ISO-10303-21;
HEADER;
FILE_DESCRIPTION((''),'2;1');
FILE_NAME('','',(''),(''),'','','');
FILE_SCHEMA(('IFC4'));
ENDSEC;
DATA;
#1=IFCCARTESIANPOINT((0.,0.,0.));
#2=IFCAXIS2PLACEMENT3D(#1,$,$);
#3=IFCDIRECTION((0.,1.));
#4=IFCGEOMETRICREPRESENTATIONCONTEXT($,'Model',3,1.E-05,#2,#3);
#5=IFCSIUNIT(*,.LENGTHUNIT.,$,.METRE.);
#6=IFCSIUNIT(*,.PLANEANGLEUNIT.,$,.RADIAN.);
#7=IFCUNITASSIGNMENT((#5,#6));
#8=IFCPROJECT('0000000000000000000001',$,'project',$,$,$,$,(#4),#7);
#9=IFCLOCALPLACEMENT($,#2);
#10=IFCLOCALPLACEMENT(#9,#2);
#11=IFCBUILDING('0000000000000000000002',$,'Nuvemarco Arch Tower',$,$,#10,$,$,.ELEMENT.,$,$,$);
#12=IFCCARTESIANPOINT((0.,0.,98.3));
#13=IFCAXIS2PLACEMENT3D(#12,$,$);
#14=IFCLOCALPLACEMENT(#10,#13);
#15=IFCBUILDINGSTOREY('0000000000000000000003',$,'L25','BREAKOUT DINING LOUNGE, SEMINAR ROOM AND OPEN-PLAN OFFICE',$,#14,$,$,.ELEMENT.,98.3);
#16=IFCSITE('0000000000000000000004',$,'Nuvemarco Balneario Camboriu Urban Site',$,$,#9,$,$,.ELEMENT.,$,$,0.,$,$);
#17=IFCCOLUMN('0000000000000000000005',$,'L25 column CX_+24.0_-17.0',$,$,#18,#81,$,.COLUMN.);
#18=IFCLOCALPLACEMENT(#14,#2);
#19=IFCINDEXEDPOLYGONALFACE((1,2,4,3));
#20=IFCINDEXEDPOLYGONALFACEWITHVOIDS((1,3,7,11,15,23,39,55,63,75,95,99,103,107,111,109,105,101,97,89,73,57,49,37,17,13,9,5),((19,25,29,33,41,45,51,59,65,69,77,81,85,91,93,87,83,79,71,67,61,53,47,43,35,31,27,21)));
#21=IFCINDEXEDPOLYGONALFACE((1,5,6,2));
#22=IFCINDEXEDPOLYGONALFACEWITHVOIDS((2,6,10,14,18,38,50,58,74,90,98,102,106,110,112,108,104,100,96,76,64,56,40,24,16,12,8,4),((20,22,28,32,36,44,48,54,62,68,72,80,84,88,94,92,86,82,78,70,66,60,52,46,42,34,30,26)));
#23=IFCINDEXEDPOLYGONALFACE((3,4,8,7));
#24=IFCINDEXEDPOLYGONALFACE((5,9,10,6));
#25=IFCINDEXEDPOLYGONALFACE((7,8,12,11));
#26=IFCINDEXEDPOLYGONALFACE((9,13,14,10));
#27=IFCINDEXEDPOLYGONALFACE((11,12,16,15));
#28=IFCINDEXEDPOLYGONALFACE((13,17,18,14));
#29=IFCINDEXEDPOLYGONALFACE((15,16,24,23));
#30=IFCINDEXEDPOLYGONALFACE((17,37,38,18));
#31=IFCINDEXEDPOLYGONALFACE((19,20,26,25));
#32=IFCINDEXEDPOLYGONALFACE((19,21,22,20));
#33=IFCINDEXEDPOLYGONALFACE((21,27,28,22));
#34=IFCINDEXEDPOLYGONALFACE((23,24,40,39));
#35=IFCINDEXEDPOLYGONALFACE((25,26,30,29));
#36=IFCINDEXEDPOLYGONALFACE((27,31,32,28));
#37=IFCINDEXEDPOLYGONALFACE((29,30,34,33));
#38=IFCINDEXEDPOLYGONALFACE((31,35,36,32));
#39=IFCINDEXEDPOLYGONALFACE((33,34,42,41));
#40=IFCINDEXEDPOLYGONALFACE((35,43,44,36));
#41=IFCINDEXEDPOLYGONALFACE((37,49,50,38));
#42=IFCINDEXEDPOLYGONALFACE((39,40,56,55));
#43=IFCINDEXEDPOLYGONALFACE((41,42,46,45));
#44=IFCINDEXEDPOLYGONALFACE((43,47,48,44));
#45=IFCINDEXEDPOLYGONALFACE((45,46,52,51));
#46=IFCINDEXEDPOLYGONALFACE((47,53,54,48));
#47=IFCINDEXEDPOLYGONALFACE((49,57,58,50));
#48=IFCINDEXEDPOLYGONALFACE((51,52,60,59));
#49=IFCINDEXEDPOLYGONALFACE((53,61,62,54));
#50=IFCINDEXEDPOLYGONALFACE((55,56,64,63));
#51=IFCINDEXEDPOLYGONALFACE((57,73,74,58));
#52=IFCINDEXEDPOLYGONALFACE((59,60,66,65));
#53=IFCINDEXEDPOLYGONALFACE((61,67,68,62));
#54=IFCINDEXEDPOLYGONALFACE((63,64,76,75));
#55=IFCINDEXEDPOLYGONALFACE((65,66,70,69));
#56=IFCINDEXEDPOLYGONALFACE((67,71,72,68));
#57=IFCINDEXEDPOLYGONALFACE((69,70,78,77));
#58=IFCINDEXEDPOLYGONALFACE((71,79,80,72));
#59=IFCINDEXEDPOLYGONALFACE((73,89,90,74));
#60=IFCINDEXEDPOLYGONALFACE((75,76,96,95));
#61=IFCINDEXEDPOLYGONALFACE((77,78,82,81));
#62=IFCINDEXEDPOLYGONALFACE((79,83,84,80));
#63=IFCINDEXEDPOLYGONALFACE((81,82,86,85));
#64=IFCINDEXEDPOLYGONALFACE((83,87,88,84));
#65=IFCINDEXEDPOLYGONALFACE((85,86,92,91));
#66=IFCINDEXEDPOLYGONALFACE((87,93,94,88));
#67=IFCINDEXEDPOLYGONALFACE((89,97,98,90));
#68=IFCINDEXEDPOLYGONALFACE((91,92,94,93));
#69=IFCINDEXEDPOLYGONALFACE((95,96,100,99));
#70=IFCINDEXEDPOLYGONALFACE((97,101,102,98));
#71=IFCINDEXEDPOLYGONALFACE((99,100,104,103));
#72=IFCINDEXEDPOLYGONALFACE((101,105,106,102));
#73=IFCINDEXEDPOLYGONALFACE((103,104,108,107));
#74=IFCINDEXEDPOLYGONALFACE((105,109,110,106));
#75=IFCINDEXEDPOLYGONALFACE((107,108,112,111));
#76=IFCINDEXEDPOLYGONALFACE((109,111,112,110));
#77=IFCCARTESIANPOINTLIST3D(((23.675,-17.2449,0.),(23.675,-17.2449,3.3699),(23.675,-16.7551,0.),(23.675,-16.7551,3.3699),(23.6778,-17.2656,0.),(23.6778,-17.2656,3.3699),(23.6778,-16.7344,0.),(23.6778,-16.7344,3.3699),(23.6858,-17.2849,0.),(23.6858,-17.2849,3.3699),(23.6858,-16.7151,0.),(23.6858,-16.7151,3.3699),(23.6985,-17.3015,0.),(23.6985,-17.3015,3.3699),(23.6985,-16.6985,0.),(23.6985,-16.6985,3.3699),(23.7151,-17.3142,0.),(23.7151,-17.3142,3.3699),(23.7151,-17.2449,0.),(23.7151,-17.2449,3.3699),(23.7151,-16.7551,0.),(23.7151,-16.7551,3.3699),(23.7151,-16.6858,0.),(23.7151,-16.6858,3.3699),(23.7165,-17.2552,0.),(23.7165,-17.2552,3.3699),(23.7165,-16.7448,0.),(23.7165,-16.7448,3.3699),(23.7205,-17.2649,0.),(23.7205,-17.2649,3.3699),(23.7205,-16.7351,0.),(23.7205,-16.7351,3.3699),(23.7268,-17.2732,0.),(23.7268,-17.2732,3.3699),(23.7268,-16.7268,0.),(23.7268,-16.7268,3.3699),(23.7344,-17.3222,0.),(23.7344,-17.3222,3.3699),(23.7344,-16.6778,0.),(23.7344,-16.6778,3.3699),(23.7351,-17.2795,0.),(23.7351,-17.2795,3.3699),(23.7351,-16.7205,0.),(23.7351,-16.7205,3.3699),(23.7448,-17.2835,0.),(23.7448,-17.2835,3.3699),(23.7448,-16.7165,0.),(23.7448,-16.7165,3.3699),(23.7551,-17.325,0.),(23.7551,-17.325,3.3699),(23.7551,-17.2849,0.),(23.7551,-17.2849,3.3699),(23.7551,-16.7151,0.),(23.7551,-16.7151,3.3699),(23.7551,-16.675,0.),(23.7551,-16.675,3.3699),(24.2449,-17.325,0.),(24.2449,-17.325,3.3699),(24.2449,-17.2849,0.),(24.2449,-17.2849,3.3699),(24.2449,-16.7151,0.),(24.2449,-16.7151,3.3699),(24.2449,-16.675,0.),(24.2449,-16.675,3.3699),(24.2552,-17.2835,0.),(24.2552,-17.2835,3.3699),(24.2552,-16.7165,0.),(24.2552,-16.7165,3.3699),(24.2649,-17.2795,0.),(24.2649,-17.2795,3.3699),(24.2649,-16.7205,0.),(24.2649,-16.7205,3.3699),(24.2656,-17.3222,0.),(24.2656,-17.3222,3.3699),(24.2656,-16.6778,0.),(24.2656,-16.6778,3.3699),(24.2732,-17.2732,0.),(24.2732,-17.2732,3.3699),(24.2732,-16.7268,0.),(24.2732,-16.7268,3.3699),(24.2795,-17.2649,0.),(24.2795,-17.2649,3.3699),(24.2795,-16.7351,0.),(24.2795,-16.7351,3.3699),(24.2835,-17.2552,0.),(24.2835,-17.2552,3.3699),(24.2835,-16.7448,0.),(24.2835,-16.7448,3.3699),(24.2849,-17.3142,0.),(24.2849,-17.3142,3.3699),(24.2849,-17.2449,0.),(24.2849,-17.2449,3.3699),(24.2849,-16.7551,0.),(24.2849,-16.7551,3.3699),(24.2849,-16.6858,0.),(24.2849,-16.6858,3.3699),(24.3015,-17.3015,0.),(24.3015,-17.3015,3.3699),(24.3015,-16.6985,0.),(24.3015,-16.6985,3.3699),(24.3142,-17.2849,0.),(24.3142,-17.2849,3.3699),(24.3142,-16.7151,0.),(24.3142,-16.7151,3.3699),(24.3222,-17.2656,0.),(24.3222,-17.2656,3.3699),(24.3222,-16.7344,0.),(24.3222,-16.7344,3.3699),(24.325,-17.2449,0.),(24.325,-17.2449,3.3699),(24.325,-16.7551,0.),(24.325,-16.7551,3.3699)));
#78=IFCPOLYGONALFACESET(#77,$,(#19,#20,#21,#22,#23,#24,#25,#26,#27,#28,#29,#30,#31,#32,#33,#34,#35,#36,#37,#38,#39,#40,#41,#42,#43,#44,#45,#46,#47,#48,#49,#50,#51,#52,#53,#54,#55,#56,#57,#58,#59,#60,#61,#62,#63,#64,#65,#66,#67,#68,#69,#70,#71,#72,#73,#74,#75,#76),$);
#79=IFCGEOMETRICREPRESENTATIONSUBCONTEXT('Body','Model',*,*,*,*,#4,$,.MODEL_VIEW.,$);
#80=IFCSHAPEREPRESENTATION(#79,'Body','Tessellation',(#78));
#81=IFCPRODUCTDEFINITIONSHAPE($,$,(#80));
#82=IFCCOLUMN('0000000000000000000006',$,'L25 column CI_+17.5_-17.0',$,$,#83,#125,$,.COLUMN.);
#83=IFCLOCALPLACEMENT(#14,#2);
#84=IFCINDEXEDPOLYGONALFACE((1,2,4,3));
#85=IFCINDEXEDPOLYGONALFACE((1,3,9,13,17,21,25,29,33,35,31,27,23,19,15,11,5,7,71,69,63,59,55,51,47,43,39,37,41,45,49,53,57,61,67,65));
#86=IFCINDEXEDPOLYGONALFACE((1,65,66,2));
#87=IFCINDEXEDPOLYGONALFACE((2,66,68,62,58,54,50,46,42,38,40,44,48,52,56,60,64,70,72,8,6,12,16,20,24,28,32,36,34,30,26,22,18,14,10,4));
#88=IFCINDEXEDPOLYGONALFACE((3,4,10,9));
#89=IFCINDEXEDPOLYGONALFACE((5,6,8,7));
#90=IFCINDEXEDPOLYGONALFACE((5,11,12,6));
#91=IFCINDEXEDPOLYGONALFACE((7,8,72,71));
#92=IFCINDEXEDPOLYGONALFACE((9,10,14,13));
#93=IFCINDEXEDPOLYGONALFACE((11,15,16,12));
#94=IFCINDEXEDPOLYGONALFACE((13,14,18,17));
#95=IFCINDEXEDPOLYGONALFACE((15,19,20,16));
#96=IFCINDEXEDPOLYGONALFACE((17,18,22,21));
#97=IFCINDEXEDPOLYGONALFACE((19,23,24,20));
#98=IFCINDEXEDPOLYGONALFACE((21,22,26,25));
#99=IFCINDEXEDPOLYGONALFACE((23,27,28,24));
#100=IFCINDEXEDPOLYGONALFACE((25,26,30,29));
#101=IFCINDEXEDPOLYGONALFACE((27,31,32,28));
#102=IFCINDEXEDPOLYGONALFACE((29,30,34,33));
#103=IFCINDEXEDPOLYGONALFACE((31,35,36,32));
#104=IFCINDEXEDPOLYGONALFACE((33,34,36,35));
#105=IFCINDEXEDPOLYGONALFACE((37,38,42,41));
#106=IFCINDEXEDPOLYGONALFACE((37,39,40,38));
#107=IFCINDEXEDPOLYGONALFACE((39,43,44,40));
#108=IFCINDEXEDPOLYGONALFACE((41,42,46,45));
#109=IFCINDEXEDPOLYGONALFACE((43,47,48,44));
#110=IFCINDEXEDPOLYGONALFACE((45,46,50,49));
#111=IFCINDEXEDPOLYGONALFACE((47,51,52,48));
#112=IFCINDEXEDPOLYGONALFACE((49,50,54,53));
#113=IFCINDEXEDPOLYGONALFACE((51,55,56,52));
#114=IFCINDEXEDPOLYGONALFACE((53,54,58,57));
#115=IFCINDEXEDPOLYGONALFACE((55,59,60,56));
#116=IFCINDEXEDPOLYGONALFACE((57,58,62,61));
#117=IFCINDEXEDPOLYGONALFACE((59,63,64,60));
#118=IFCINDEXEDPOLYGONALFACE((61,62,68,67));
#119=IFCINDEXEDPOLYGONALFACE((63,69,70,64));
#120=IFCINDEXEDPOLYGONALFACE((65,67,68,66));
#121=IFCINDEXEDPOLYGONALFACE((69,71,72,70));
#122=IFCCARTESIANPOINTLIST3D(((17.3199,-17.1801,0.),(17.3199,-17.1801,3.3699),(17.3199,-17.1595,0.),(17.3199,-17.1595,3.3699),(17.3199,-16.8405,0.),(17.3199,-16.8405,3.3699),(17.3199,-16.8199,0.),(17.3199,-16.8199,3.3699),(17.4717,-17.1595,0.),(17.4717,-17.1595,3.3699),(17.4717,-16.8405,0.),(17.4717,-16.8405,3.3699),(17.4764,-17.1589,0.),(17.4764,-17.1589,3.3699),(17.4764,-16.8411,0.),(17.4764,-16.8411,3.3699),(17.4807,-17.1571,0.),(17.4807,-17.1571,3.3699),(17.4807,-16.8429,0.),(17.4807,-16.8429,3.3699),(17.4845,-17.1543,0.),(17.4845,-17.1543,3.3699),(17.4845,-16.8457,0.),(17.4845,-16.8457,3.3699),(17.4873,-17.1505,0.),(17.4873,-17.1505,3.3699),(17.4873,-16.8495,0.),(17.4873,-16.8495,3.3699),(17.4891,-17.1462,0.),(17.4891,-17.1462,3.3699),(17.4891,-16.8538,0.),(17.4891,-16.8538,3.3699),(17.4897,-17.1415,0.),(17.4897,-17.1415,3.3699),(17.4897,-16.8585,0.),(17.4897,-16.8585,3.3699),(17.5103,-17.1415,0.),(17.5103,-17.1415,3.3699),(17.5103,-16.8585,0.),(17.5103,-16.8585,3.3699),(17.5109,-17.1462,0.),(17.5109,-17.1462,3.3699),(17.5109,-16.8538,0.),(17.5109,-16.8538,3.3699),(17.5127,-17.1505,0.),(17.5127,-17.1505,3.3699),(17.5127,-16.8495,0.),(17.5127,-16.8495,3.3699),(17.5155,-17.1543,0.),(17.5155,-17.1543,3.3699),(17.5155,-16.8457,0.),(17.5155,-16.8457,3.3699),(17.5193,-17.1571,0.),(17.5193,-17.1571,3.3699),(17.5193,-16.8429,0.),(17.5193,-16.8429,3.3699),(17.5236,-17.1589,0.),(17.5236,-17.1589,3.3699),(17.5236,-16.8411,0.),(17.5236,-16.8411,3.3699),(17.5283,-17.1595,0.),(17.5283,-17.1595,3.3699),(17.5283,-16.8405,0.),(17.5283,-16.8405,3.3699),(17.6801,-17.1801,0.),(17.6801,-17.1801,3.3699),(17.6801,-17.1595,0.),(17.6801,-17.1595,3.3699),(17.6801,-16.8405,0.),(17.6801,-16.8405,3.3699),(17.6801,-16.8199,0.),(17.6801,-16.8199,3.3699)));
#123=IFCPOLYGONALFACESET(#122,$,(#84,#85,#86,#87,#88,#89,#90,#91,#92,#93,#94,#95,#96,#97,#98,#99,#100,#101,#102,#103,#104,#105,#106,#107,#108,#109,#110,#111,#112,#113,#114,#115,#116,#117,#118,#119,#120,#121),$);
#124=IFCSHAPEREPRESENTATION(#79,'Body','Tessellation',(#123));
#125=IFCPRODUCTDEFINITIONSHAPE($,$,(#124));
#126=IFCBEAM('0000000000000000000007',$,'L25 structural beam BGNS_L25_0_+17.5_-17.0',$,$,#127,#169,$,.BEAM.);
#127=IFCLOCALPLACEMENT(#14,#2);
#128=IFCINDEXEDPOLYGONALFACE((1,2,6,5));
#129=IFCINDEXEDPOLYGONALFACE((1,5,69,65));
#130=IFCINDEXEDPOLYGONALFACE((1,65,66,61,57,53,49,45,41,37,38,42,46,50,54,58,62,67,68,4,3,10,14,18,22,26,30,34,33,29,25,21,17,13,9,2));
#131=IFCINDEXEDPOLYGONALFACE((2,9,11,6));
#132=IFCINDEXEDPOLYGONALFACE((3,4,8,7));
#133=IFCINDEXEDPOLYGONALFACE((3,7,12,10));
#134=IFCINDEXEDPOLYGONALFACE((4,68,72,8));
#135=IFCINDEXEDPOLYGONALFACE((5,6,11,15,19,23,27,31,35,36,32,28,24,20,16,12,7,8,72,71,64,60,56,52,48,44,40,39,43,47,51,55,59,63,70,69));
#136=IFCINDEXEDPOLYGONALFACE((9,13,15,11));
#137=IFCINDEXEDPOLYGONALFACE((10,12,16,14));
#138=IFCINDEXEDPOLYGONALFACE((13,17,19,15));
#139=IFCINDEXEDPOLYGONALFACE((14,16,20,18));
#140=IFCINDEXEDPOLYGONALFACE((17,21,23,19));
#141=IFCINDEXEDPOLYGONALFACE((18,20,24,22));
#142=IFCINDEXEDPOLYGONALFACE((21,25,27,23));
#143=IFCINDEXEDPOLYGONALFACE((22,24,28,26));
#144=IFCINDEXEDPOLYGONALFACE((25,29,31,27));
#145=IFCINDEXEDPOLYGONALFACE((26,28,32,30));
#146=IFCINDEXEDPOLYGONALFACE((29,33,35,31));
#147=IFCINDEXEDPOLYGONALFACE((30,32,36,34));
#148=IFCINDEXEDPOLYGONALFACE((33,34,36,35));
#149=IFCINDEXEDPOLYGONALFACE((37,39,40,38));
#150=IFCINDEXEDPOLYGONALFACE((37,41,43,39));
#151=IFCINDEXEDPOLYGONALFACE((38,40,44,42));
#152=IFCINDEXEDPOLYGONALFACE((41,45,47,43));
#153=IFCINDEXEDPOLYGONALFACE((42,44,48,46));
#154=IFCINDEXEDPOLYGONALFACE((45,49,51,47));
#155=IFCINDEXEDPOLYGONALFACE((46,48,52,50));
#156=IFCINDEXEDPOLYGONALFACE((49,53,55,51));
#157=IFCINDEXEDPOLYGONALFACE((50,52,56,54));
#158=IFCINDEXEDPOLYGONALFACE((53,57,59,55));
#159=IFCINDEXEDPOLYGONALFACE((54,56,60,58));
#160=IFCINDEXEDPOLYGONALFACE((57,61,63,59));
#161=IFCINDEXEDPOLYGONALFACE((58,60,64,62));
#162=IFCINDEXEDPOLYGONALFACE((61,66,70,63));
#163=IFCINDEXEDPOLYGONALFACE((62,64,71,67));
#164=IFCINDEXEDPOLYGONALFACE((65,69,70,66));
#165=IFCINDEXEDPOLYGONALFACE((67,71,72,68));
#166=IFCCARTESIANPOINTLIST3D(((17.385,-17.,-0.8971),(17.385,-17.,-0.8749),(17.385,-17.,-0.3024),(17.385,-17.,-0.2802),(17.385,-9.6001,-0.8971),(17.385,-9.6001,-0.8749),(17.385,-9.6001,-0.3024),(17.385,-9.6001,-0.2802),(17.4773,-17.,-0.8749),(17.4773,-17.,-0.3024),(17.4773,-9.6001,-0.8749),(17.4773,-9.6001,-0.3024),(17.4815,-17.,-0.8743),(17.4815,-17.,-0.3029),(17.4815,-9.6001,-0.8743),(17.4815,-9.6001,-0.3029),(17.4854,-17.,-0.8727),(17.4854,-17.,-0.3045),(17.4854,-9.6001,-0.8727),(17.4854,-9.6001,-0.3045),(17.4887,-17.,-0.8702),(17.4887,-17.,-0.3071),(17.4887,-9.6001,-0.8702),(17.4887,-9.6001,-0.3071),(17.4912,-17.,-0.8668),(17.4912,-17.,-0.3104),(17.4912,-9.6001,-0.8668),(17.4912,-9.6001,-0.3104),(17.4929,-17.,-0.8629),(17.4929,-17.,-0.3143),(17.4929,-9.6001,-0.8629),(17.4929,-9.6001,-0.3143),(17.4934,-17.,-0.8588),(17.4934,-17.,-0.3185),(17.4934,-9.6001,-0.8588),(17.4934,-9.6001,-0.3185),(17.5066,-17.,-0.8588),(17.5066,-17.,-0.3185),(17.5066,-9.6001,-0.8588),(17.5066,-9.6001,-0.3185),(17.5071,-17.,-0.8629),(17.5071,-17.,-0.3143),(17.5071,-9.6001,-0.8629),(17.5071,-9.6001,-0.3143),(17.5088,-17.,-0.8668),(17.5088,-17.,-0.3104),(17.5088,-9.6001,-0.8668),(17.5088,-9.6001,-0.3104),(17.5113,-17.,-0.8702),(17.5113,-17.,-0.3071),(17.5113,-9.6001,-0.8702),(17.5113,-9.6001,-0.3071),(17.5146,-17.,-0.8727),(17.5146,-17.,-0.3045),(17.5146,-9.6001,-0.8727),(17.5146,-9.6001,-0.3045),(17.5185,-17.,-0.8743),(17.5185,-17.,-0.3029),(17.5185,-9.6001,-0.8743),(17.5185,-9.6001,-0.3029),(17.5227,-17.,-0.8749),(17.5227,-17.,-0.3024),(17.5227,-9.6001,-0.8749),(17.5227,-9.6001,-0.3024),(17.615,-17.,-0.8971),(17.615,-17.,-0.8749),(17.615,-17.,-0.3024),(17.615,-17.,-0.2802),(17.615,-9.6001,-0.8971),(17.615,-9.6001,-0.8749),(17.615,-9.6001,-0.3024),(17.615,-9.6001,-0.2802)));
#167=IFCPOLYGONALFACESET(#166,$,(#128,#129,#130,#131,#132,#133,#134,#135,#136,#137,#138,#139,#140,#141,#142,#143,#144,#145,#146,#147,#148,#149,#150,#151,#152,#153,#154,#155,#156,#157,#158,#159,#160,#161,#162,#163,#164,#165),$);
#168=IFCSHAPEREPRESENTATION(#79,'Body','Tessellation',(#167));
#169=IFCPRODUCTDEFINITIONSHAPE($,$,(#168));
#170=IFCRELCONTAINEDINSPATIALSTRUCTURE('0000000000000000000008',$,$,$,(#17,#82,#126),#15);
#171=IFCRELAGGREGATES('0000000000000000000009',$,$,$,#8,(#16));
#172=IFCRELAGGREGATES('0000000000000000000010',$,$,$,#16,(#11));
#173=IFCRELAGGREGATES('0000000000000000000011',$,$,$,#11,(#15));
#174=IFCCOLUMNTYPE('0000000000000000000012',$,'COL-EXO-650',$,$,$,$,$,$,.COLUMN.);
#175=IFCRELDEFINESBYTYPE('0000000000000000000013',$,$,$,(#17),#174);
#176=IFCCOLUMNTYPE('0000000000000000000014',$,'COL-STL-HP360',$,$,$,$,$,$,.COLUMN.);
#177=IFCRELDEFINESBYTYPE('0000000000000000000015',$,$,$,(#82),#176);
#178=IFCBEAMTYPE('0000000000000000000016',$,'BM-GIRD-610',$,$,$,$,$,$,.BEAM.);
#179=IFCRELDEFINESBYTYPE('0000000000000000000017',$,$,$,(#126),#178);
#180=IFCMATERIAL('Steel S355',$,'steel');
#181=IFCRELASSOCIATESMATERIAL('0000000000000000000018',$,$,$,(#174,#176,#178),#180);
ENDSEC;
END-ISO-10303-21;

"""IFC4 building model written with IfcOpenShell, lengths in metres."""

from ifc_helpers import new_model, si_unit, direction, frame, origin, origin_2d, place, context, subcontext, project, spatial, hollow_rectangle, i_section, extrude, material, material_profile, profile_set, type_object, element, save


model = new_model("IFC4")

# Units and contexts
model_context = context("Model", 3, precision=1e-05, world=origin(), true_north=direction((0.0, 1.0)))
body_context = subcontext(model_context, "Body", "Model", "MODEL_VIEW")
ifc_project = project(units=[si_unit("LENGTHUNIT", "METRE"), si_unit("PLANEANGLEUNIT", "RADIAN")], contexts=[model_context])

# Site, building, storey
site_placement = place(None, origin())
site = spatial("IfcSite", under=ifc_project, at=site_placement, Name="Nuvemarco Balneario Camboriu Urban Site", CompositionType="ELEMENT", RefElevation=0.0)
building_placement = place(site_placement, origin())
building = spatial("IfcBuilding", under=site, at=building_placement, Name="Nuvemarco Arch Tower", CompositionType="ELEMENT")
storey_placement = place(building_placement, frame((0.0, 0.0, 98.3)))
storey = spatial("IfcBuildingStorey", under=building, at=storey_placement, Name="L25", Description="BREAKOUT DINING LOUNGE, SEMINAR ROOM AND OPEN-PLAN OFFICE", CompositionType="ELEMENT", Elevation=98.3)

# Columns
ifc_material_1 = material(Name="Steel S355", Category="steel")
ifc_material_profile_1 = material_profile(ifc_material_1, hollow_rectangle(XDim=0.6499, YDim=0.6499, WallThickness=0.04, InnerFilletRadius=0.04, OuterFilletRadius=0.0801, at=origin_2d()), Name="SHS650x650x40")
ifc_profile_set_1 = profile_set([ifc_material_profile_1], Name="Steel S355")
column_type_1 = type_object("IfcColumnType", Name="COL-EXO-650", PredefinedType="COLUMN", material=ifc_profile_set_1)
column_1_placement = place(storey_placement, frame((24.0, -17.0, 0.0), z_axis=(0.0, 0.0, 1.0), x_axis=(1.0, 0.0, 0.0)))
element("IfcColumn", 1, at=column_1_placement, inside=storey, type_object=column_type_1, Name="L25 column CX_+24.0_-17.0", PredefinedType="COLUMN", context=body_context, shape_type="SweptSolid", body=[
    extrude(hollow_rectangle(XDim=0.6499, YDim=0.6499, WallThickness=0.04, InnerFilletRadius=0.04, OuterFilletRadius=0.0801, at=origin_2d()), origin(), (0.0, 0.0, 1.0), 3.3699),
])
ifc_material_profile_2 = material_profile(ifc_material_1, i_section(OverallWidth=0.3601, OverallDepth=0.3601, WebThickness=0.0205, FlangeThickness=0.0205, FilletRadius=0.0181, at=origin_2d()), Name="HP360x174")
ifc_profile_set_2 = profile_set([ifc_material_profile_2], Name="Steel S355")
column_type_2 = type_object("IfcColumnType", Name="COL-STL-HP360", PredefinedType="COLUMN", material=ifc_profile_set_2)
column_2_placement = place(storey_placement, frame((17.5, -17.0, 0.0), z_axis=(0.0, 0.0, 1.0), x_axis=(1.0, 0.0, 0.0)))
element("IfcColumn", 2, at=column_2_placement, inside=storey, type_object=column_type_2, Name="L25 column CI_+17.5_-17.0", PredefinedType="COLUMN", context=body_context, shape_type="SweptSolid", body=[
    extrude(i_section(OverallWidth=0.3601, OverallDepth=0.3601, WebThickness=0.0205, FlangeThickness=0.0205, FilletRadius=0.0181, at=origin_2d()), origin(), (0.0, 0.0, 1.0), 3.3699),
])

# Beam
ifc_material_profile_3 = material_profile(ifc_material_1, i_section(OverallWidth=0.23, OverallDepth=0.6169, WebThickness=0.0132, FlangeThickness=0.0222, FilletRadius=0.0161, at=origin_2d()), Name="W610x140")
ifc_profile_set_3 = profile_set([ifc_material_profile_3], Name="Steel S355")
beam_type_1 = type_object("IfcBeamType", Name="BM-GIRD-610", PredefinedType="BEAM", material=ifc_profile_set_3)
beam_1_placement = place(storey_placement, frame((17.5, -17.0, -0.5886), z_axis=(0.0, 1.0, 0.0), x_axis=(-1.0, 0.0, 0.0)))
element("IfcBeam", 3, at=beam_1_placement, inside=storey, type_object=beam_type_1, Name="L25 structural beam BGNS_L25_0_+17.5_-17.0", PredefinedType="BEAM", context=body_context, shape_type="SweptSolid", body=[
    extrude(i_section(OverallWidth=0.23, OverallDepth=0.6169, WebThickness=0.0132, FlangeThickness=0.0222, FilletRadius=0.0161, at=origin_2d()), origin(), (0.0, 0.0, 1.0), 7.3999),
])

save(model, "model.ifc")
